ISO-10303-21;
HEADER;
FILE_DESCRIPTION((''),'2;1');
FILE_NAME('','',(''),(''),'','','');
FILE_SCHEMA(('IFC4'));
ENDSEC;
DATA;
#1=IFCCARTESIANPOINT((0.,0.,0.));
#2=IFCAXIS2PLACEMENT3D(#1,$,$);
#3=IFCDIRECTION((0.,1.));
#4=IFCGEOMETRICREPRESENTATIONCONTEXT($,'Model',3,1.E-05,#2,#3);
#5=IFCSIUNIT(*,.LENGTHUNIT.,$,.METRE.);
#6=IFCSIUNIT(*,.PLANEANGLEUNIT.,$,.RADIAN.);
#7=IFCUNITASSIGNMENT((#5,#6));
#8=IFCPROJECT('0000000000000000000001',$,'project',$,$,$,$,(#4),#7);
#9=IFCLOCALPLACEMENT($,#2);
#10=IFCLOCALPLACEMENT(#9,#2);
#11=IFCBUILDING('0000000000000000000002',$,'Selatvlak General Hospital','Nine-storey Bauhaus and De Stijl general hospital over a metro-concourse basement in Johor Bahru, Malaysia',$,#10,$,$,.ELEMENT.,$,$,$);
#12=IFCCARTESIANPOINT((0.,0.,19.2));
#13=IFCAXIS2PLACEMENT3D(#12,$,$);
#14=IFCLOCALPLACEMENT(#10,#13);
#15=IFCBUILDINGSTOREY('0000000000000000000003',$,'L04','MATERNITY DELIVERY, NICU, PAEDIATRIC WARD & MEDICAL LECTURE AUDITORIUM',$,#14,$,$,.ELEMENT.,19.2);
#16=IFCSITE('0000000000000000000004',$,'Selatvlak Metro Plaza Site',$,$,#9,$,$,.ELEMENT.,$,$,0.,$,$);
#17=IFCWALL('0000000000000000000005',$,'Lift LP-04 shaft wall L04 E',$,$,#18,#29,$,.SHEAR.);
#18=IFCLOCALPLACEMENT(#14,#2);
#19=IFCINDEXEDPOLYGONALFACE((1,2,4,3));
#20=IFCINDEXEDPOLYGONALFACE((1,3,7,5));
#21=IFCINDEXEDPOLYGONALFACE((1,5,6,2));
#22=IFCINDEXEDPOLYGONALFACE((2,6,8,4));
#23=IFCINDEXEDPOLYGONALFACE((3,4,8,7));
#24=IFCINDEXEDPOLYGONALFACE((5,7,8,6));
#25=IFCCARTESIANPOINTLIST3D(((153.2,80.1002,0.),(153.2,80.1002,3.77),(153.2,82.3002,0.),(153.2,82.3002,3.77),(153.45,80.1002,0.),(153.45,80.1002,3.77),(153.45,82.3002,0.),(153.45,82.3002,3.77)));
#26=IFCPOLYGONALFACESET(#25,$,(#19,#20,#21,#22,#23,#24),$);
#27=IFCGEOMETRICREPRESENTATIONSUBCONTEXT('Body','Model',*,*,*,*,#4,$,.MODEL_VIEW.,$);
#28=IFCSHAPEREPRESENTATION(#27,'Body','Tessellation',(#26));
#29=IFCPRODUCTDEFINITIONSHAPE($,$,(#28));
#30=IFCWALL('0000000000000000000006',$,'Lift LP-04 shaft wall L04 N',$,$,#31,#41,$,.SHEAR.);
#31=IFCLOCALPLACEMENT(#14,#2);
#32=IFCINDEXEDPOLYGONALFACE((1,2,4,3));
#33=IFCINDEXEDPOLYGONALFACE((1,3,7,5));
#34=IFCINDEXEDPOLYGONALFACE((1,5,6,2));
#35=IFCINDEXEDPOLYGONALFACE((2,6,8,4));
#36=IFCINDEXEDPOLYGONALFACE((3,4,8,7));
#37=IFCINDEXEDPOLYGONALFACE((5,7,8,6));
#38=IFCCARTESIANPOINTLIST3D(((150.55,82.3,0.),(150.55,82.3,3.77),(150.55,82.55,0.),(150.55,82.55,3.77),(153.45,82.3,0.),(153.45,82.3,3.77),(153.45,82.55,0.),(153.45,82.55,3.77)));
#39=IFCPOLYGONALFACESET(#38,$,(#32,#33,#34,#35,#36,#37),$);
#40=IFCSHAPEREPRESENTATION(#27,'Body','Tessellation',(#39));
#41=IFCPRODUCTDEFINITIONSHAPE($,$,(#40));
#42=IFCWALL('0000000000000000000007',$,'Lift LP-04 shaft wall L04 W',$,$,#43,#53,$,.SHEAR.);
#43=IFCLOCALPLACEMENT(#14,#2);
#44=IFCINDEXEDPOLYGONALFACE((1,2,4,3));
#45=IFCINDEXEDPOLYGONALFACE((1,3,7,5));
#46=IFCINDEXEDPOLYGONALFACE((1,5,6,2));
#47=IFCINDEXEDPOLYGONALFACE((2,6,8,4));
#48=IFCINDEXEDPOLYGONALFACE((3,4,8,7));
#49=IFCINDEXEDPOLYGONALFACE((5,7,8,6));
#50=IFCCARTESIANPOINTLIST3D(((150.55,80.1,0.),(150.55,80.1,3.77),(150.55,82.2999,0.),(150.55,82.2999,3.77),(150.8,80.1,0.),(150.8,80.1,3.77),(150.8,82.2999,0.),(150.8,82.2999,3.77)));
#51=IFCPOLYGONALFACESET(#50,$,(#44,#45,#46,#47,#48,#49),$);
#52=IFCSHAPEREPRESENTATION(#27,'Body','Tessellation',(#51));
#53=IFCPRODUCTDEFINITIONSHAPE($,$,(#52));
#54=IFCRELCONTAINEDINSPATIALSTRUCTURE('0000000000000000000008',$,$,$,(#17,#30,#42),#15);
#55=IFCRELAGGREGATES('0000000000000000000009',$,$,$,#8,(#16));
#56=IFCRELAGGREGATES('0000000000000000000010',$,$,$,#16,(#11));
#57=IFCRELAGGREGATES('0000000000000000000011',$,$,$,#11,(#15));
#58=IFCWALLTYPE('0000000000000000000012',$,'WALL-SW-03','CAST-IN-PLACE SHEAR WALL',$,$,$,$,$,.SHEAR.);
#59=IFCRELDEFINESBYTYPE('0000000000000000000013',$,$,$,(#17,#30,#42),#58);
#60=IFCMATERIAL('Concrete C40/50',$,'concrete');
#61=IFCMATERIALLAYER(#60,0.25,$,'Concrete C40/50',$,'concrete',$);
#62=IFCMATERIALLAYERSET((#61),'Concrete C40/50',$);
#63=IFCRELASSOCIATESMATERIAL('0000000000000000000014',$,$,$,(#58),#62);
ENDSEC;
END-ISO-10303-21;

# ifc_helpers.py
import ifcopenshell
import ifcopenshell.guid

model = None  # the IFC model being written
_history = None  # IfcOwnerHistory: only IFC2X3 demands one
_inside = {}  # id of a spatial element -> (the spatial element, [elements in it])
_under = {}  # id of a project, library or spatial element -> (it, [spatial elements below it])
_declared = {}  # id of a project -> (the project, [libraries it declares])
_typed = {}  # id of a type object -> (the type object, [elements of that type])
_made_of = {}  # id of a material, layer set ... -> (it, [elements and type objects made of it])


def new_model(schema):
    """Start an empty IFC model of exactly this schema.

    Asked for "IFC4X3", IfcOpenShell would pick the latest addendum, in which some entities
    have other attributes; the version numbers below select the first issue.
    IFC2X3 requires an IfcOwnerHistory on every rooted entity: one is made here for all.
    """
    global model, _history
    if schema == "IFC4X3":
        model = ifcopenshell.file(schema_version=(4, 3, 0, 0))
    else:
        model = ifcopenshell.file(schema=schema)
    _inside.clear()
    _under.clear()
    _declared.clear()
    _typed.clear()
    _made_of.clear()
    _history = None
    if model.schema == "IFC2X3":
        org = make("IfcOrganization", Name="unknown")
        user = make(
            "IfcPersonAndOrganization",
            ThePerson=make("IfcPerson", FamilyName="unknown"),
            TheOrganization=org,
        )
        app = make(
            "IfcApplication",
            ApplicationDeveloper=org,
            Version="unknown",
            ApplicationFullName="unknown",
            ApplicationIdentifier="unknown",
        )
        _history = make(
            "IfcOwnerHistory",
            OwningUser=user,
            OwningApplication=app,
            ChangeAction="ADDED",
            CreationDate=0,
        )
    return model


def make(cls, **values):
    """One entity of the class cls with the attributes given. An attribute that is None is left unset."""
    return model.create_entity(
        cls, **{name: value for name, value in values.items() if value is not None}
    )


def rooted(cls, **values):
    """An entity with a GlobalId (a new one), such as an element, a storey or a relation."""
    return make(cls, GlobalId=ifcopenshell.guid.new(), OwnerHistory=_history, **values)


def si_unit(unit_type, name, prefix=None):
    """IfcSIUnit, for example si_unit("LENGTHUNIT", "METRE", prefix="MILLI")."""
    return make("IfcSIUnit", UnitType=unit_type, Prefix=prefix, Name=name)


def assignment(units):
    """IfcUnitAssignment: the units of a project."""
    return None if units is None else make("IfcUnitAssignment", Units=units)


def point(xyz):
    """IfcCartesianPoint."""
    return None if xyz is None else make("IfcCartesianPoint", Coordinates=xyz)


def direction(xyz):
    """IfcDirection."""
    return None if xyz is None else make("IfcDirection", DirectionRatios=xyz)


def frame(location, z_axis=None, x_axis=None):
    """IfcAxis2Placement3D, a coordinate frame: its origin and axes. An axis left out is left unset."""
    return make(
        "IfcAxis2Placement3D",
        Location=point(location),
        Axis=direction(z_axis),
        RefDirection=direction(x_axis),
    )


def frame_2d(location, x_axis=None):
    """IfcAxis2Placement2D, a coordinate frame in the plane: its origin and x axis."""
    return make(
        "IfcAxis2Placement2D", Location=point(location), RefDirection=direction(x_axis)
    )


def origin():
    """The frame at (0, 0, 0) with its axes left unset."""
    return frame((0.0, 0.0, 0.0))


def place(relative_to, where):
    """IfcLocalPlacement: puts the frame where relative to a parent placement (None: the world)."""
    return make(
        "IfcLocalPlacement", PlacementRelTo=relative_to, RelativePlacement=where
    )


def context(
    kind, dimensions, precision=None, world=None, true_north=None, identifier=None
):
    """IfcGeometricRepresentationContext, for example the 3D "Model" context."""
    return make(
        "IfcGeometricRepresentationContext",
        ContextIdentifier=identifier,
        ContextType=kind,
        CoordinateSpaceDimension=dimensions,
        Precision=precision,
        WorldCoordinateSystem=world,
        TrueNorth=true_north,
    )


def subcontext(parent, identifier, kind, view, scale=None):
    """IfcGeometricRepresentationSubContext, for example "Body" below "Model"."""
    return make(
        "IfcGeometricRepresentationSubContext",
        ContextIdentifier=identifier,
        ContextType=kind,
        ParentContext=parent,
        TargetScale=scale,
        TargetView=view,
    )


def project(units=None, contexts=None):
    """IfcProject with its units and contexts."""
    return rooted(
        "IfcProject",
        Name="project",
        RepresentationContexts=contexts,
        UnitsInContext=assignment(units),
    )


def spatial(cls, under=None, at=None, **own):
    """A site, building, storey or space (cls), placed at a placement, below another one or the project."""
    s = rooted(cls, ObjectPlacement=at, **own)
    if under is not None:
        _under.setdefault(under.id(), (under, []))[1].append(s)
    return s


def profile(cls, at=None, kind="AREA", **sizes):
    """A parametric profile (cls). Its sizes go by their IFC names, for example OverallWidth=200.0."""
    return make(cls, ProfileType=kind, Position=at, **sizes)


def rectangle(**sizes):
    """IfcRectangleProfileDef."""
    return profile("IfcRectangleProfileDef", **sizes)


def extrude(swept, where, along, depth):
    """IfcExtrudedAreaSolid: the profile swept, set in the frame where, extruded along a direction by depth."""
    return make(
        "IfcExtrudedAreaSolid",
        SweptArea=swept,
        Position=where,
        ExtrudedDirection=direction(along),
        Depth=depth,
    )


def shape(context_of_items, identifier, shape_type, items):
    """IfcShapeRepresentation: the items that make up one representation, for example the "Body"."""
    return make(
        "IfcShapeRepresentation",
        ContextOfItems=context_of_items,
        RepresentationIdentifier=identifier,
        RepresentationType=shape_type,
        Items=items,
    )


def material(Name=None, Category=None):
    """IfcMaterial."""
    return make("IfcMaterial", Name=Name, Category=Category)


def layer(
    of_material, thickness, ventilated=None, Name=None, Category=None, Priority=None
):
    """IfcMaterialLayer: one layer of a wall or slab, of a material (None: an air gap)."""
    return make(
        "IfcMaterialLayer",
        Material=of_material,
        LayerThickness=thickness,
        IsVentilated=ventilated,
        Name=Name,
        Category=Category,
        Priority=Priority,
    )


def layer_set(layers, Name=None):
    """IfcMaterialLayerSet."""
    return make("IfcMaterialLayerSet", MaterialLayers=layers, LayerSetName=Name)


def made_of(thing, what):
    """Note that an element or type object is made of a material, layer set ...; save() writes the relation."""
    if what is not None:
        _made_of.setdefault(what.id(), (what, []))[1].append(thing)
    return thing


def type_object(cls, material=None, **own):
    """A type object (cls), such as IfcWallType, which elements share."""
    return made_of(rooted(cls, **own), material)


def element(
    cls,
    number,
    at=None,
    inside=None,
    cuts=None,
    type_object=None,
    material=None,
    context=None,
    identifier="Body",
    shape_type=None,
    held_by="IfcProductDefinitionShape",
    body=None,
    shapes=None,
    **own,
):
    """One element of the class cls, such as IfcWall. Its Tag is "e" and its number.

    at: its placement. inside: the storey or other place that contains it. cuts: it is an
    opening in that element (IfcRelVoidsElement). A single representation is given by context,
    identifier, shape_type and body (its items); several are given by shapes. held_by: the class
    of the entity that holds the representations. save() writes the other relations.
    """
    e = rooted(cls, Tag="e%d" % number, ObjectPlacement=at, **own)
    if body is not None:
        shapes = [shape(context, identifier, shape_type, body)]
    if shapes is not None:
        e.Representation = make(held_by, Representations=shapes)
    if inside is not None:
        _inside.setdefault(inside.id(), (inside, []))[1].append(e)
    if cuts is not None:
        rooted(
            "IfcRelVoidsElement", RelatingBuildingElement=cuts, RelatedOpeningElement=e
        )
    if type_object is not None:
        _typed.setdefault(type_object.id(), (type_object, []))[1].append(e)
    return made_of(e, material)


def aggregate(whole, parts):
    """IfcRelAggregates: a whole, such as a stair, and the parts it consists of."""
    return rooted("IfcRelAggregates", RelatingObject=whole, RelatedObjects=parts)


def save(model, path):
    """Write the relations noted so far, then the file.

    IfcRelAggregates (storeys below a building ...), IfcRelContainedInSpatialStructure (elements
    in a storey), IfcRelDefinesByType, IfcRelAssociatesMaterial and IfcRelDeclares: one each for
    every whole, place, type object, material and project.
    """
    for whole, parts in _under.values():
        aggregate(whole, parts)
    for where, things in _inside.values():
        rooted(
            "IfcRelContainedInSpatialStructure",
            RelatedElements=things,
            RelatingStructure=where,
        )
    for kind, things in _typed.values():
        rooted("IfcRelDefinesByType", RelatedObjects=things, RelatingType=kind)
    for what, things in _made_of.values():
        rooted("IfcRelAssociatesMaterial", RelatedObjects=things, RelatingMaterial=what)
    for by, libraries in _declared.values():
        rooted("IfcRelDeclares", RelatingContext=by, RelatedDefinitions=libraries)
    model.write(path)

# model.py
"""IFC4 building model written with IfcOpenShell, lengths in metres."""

from ifc_helpers import new_model, si_unit, direction, frame, frame_2d, origin, place, context, subcontext, project, spatial, rectangle, extrude, material, layer, layer_set, type_object, element, save


model = new_model("IFC4")

# Units and contexts
model_context = context("Model", 3, precision=1e-05, world=origin(), true_north=direction((0.0, 1.0)))
body_context = subcontext(model_context, "Body", "Model", "MODEL_VIEW")
ifc_project = project(units=[si_unit("LENGTHUNIT", "METRE"), si_unit("PLANEANGLEUNIT", "RADIAN")], contexts=[model_context])

# Site, building, storey
site_placement = place(None, origin())
site = spatial("IfcSite", under=ifc_project, at=site_placement, Name="Selatvlak Metro Plaza Site", CompositionType="ELEMENT", RefElevation=0.0)
building_placement = place(site_placement, origin())
building = spatial("IfcBuilding", under=site, at=building_placement, Name="Selatvlak General Hospital", Description="Nine-storey Bauhaus and De Stijl general hospital over a metro-concourse basement in Johor Bahru, Malaysia", CompositionType="ELEMENT")
storey_placement = place(building_placement, frame((0.0, 0.0, 19.2)))
storey = spatial("IfcBuildingStorey", under=building, at=storey_placement, Name="L04", Description="MATERNITY DELIVERY, NICU, PAEDIATRIC WARD & MEDICAL LECTURE AUDITORIUM", CompositionType="ELEMENT", Elevation=19.2)

# Shared definitions
ifc_material_1 = material(Name="Concrete C40/50", Category="concrete")

# Shared definitions
ifc_layer_1 = layer(ifc_material_1, 0.25, Name="Concrete C40/50", Category="concrete")
ifc_layer_set_1 = layer_set([ifc_layer_1], Name="Concrete C40/50")
wall_type_1 = type_object("IfcWallType", Name="WALL-SW-03", Description="CAST-IN-PLACE SHEAR WALL", PredefinedType="SHEAR", material=ifc_layer_set_1)

# Walls
wall_1_placement = place(storey_placement, frame((153.325, 80.1001, 0.0), z_axis=(0.0, 0.0, 1.0), x_axis=(0.0, 1.0, 0.0)))
element("IfcWall", 1, at=wall_1_placement, inside=storey, type_object=wall_type_1, Name="Lift LP-04 shaft wall L04 E", PredefinedType="SHEAR", context=body_context, shape_type="SweptSolid", body=[
    extrude(rectangle(XDim=2.2, YDim=0.25, at=frame_2d((1.1001, 0.0))), origin(), (0.0, 0.0, 1.0), 3.77),
])
wall_2_placement = place(storey_placement, frame((153.45, 82.425, 0.0), z_axis=(0.0, 0.0, 1.0), x_axis=(-1.0, 0.0, 0.0)))
element("IfcWall", 2, at=wall_2_placement, inside=storey, type_object=wall_type_1, Name="Lift LP-04 shaft wall L04 N", PredefinedType="SHEAR", context=body_context, shape_type="SweptSolid", body=[
    extrude(rectangle(XDim=2.8999, YDim=0.25, at=frame_2d((1.45, 0.0))), origin(), (0.0, 0.0, 1.0), 3.77),
])
wall_3_placement = place(storey_placement, frame((150.675, 82.3, 0.0), z_axis=(0.0, 0.0, 1.0), x_axis=(0.0, -1.0, 0.0)))
element("IfcWall", 3, at=wall_3_placement, inside=storey, type_object=wall_type_1, Name="Lift LP-04 shaft wall L04 W", PredefinedType="SHEAR", context=body_context, shape_type="SweptSolid", body=[
    extrude(rectangle(XDim=2.2, YDim=0.25, at=frame_2d((1.1001, 0.0))), origin(), (0.0, 0.0, 1.0), 3.77),
])

save(model, "model.ifc")
